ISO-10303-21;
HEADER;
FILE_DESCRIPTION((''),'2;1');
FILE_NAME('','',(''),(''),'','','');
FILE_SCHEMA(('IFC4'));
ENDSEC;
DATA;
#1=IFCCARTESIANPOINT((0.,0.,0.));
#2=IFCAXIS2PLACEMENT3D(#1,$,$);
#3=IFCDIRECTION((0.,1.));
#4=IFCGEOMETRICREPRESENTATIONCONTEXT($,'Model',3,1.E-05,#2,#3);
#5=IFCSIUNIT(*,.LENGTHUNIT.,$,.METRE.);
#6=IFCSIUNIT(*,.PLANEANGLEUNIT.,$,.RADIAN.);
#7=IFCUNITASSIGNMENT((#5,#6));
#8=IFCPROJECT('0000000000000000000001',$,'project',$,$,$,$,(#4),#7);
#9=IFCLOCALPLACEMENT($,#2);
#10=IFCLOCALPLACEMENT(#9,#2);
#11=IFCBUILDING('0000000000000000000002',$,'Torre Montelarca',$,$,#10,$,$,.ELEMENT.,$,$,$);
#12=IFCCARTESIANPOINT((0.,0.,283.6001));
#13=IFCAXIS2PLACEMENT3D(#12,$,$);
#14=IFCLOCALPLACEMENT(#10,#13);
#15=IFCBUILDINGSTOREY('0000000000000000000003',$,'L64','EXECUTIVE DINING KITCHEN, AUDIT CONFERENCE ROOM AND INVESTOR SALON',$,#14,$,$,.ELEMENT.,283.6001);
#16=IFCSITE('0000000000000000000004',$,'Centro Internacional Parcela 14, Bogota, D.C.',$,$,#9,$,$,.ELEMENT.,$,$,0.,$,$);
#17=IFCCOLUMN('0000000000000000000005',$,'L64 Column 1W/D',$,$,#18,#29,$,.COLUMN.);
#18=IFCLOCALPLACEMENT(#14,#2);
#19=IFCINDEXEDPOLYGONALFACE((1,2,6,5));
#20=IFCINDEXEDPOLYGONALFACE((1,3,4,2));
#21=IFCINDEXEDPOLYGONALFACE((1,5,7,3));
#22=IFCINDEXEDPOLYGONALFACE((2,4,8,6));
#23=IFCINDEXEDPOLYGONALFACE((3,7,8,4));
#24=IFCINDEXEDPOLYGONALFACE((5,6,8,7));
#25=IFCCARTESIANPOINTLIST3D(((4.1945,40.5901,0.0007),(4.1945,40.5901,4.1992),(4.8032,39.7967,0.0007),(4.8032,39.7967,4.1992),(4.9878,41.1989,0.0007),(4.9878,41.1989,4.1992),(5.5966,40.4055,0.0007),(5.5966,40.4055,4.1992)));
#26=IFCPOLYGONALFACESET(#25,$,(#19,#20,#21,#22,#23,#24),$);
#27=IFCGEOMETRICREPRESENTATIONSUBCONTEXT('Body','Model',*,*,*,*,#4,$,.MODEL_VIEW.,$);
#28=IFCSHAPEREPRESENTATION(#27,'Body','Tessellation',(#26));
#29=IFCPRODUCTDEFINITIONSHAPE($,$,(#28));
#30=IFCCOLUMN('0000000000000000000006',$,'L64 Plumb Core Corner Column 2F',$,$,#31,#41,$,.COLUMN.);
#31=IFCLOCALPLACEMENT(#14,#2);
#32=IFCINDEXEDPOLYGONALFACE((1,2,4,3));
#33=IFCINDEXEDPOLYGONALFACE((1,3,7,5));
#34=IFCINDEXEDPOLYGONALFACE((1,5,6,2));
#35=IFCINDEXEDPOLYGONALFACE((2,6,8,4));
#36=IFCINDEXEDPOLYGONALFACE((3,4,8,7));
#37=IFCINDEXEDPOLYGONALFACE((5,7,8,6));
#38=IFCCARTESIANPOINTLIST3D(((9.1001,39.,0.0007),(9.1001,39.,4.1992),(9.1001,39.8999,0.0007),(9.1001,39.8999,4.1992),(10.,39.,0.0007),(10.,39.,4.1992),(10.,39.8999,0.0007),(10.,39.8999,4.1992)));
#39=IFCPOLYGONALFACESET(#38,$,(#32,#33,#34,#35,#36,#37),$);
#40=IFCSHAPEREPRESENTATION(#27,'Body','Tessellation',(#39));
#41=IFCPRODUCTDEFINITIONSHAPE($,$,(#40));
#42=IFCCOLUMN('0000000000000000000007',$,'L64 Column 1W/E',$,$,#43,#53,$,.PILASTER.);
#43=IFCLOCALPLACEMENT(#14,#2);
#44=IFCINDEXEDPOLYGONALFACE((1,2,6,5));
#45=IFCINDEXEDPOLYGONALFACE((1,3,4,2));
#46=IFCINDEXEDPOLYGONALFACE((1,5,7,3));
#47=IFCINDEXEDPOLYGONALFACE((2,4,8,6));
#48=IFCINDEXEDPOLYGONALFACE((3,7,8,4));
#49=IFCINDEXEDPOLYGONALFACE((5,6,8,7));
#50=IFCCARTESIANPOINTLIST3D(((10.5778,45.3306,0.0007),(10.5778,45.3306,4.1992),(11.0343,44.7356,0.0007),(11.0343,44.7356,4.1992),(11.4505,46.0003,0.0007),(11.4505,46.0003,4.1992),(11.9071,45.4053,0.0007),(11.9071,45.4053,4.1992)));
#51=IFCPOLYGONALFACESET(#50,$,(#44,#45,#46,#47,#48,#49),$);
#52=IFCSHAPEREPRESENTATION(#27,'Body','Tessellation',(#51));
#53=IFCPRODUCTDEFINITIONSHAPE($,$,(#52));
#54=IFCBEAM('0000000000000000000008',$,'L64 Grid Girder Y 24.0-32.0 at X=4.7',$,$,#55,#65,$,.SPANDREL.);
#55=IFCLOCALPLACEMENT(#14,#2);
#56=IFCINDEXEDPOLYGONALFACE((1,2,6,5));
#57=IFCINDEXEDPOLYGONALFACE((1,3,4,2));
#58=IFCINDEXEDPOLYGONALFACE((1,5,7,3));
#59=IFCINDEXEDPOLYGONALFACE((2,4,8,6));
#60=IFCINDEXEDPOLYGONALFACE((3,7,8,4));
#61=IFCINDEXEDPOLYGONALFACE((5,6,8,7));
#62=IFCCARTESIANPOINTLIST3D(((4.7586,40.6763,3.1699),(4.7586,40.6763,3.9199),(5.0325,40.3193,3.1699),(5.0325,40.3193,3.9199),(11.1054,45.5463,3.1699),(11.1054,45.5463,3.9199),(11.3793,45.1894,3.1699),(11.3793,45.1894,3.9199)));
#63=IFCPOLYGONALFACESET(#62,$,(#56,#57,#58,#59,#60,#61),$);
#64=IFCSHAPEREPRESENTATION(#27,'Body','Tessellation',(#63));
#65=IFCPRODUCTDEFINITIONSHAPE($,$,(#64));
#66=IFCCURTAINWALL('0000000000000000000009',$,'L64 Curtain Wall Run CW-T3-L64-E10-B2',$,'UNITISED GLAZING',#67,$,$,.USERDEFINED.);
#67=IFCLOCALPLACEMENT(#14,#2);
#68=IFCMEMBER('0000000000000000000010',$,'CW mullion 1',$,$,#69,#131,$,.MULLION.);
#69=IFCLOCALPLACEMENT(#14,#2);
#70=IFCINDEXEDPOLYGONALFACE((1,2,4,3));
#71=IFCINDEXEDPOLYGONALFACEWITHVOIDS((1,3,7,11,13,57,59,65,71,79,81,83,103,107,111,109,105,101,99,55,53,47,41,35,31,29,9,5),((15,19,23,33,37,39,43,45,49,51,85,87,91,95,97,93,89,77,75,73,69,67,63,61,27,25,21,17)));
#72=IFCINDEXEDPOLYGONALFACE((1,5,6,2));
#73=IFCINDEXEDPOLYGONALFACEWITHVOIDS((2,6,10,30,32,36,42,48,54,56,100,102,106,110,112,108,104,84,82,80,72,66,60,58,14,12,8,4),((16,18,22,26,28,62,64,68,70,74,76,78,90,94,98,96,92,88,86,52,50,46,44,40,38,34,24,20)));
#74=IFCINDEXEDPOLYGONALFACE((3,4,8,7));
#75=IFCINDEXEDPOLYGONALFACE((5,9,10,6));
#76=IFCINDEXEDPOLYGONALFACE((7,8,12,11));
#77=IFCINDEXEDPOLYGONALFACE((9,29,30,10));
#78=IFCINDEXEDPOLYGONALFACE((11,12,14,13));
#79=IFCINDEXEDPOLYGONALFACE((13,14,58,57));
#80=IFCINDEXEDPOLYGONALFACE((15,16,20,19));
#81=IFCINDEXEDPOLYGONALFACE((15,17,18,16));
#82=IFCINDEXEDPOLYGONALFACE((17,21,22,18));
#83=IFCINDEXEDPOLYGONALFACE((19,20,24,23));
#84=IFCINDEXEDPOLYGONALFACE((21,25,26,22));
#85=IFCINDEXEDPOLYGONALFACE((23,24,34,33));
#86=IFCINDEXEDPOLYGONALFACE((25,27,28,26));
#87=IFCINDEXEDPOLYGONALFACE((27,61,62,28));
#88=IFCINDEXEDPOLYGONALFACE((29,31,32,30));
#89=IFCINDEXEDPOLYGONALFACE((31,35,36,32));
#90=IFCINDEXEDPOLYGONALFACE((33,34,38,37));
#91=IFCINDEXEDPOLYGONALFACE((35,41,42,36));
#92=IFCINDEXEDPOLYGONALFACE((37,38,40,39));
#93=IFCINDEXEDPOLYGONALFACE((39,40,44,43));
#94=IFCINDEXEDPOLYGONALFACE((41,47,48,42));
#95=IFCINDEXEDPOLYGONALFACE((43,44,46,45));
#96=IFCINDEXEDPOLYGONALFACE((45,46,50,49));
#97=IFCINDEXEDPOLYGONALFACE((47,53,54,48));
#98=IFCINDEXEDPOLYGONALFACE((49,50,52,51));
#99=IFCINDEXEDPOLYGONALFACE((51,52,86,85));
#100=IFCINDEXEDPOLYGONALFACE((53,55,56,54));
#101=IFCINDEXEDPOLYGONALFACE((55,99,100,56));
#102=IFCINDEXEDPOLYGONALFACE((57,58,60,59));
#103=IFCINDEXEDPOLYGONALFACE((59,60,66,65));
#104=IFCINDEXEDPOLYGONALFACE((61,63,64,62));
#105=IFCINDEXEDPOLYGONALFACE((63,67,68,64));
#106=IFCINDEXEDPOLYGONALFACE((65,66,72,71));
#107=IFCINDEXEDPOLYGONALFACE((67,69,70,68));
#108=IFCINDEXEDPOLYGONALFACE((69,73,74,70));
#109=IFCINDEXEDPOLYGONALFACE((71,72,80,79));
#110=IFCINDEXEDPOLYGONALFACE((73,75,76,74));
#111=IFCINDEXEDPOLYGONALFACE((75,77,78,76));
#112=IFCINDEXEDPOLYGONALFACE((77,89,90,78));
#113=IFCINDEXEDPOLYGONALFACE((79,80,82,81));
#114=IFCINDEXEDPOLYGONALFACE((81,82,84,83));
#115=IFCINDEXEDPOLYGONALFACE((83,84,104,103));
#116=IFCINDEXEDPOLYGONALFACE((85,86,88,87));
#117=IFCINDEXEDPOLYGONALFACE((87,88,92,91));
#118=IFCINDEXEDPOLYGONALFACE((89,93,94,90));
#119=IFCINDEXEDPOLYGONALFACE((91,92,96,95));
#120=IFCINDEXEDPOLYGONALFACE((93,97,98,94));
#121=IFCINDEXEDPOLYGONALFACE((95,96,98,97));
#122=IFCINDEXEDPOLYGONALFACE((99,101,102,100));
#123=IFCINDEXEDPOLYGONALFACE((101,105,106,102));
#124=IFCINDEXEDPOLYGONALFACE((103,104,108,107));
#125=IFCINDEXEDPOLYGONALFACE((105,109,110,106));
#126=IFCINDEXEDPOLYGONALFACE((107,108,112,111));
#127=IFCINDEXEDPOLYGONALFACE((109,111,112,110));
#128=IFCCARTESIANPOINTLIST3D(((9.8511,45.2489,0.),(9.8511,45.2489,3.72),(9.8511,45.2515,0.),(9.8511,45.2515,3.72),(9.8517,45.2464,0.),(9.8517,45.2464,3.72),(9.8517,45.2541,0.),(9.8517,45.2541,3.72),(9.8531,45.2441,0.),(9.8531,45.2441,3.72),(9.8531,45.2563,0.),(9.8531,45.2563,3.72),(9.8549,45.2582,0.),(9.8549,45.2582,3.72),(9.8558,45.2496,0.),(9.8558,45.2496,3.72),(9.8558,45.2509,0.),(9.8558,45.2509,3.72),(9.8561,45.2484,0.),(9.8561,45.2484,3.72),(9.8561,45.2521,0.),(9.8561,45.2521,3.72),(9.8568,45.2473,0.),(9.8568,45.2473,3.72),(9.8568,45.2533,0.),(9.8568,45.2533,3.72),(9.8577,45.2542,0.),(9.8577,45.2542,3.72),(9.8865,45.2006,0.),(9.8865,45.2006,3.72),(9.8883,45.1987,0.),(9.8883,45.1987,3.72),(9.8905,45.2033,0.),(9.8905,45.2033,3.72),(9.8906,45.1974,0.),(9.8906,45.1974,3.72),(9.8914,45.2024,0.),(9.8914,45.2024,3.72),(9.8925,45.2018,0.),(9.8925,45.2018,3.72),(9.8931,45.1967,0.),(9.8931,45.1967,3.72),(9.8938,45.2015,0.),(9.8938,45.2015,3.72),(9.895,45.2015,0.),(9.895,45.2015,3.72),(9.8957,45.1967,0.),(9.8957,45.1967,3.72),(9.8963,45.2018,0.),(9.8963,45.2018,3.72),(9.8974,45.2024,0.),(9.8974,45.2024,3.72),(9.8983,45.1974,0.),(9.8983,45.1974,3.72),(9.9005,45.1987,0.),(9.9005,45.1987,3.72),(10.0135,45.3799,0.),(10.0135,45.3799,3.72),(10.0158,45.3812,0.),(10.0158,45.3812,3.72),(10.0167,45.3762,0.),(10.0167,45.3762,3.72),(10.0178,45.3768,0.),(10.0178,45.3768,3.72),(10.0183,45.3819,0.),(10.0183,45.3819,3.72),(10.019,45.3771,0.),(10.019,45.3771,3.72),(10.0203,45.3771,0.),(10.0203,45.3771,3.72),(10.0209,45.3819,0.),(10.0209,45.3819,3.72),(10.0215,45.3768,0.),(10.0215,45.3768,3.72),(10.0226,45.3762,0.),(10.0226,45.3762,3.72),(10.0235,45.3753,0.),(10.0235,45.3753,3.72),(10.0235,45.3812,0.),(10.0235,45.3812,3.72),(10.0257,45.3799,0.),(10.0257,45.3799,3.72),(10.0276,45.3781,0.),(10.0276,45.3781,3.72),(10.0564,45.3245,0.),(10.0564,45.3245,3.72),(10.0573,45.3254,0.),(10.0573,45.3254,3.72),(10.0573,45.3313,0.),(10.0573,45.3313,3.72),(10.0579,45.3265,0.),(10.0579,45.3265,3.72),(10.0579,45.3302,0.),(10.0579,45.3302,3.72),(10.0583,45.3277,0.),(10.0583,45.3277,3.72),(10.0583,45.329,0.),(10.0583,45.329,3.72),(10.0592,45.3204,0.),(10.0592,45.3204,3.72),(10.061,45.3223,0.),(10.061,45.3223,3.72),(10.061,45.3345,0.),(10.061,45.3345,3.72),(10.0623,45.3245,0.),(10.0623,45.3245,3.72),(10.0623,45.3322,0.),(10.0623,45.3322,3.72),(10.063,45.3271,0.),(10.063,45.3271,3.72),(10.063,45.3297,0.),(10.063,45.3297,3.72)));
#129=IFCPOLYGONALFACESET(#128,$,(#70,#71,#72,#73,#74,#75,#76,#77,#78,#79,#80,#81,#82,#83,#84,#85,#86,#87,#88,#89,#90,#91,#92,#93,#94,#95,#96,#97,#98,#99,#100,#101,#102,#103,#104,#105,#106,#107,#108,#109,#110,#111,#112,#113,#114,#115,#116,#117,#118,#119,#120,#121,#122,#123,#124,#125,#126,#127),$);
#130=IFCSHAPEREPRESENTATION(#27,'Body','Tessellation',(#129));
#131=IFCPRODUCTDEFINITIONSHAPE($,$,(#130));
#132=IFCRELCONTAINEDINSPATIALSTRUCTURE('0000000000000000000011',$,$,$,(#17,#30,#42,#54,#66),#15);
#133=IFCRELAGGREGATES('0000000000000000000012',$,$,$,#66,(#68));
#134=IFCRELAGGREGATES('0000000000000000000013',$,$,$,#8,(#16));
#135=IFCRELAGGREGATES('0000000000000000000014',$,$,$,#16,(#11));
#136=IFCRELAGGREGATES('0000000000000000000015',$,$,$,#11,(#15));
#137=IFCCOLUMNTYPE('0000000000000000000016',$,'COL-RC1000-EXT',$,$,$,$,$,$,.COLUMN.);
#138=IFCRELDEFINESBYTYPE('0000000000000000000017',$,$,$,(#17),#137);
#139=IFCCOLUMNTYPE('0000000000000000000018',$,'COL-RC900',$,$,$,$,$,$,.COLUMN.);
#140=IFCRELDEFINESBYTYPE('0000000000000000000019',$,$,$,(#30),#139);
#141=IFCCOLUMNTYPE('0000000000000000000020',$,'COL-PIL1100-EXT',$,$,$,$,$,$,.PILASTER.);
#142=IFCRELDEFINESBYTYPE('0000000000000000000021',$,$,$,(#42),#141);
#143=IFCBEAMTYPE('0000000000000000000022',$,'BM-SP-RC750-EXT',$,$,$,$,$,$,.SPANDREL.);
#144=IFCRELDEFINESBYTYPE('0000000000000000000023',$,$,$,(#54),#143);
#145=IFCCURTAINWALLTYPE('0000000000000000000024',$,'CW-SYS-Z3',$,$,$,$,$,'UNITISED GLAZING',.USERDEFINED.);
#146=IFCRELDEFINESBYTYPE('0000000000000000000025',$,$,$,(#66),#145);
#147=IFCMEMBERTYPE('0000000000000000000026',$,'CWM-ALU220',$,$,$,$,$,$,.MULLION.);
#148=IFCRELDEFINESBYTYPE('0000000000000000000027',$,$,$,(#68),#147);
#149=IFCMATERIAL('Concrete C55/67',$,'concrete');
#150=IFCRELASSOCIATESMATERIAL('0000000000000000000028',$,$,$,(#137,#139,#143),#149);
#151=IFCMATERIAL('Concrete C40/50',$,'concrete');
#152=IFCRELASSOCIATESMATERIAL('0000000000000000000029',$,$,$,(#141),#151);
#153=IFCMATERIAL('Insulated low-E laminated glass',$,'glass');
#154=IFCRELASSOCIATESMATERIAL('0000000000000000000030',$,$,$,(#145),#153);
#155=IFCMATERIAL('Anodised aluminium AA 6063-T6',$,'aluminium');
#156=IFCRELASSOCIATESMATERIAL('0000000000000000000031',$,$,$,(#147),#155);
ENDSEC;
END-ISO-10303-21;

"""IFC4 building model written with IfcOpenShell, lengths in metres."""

from ifc_helpers import new_model, si_unit, direction, frame, origin, origin_2d, place, context, subcontext, project, spatial, rectangle, hollow_rectangle, extrude, source, transform, mapped, material, material_profile, profile_set, type_object, element, aggregate, save


model = new_model("IFC4")

# Units and contexts
model_context = context("Model", 3, precision=1e-05, world=origin(), true_north=direction((0.0, 1.0)))
body_context = subcontext(model_context, "Body", "Model", "MODEL_VIEW")
ifc_project = project(units=[si_unit("LENGTHUNIT", "METRE"), si_unit("PLANEANGLEUNIT", "RADIAN")], contexts=[model_context])

# Site, building, storey
site_placement = place(None, origin())
site = spatial("IfcSite", under=ifc_project, at=site_placement, Name="Centro Internacional Parcela 14, Bogota, D.C.", CompositionType="ELEMENT", RefElevation=0.0)
building_placement = place(site_placement, origin())
building = spatial("IfcBuilding", under=site, at=building_placement, Name="Torre Montelarca", CompositionType="ELEMENT")
storey_placement = place(building_placement, frame((0.0, 0.0, 283.6001)))
storey = spatial("IfcBuildingStorey", under=building, at=storey_placement, Name="L64", Description="EXECUTIVE DINING KITCHEN, AUDIT CONFERENCE ROOM AND INVESTOR SALON", CompositionType="ELEMENT", Elevation=283.6001)

# Columns
ifc_material_1 = material(Name="Concrete C55/67", Category="concrete")
ifc_material_profile_1 = material_profile(ifc_material_1, rectangle(XDim=1.0, YDim=1.0, at=origin_2d()), Name="RC1000X1000", Category="concrete")
ifc_profile_set_1 = profile_set([ifc_material_profile_1], Name="Concrete C55/67")
column_type_1 = type_object("IfcColumnType", Name="COL-RC1000-EXT", PredefinedType="COLUMN", material=ifc_profile_set_1)
shared_shape_1 = source(origin(), body_context, "Body", "SweptSolid", [
    extrude(rectangle(XDim=1.0, YDim=1.0, at=origin_2d()), origin(), (0.0, 0.0, 1.0), 4.1985),
])
column_1_placement = place(storey_placement, frame((4.8955, 40.4978, 0.0007), z_axis=(0.0, 0.0, 1.0), x_axis=(-0.608761, 0.793353, 0.0)))
element("IfcColumn", 1, at=column_1_placement, inside=storey, type_object=column_type_1, Name="L64 Column 1W/D", PredefinedType="COLUMN", context=body_context, shape_type="MappedRepresentation", body=[
    mapped(shared_shape_1, transform((0.0, 0.0, 0.0), scale=1.0)),
])
ifc_material_profile_2 = material_profile(ifc_material_1, rectangle(XDim=0.8999, YDim=0.8999, at=origin_2d()), Name="RC900X900", Category="concrete")
ifc_profile_set_2 = profile_set([ifc_material_profile_2], Name="Concrete C55/67")
column_type_2 = type_object("IfcColumnType", Name="COL-RC900", PredefinedType="COLUMN", material=ifc_profile_set_2)
shared_shape_2 = source(origin(), body_context, "Body", "SweptSolid", [
    extrude(rectangle(XDim=0.8999, YDim=0.8999, at=origin_2d()), origin(), (0.0, 0.0, 1.0), 4.1985),
])
column_2_placement = place(storey_placement, frame((9.55, 39.45, 0.0007), z_axis=(0.0, 0.0, 1.0), x_axis=(1.0, 0.0, 0.0)))
element("IfcColumn", 2, at=column_2_placement, inside=storey, type_object=column_type_2, Name="L64 Plumb Core Corner Column 2F", PredefinedType="COLUMN", context=body_context, shape_type="MappedRepresentation", body=[
    mapped(shared_shape_2, transform((0.0, 0.0, 0.0), scale=1.0)),
])
ifc_material_2 = material(Name="Concrete C40/50", Category="concrete")
ifc_material_profile_3 = material_profile(ifc_material_2, rectangle(XDim=0.75, YDim=1.1001, at=origin_2d()), Name="RC1100X750", Category="concrete")
ifc_profile_set_3 = profile_set([ifc_material_profile_3], Name="Concrete C40/50")
column_type_3 = type_object("IfcColumnType", Name="COL-PIL1100-EXT", PredefinedType="PILASTER", material=ifc_profile_set_3)
shared_shape_3 = source(origin(), body_context, "Body", "SweptSolid", [
    extrude(rectangle(XDim=0.75, YDim=1.1001, at=origin_2d()), origin(), (0.0, 0.0, 1.0), 4.1985),
])
column_3_placement = place(storey_placement, frame((11.2424, 45.3679, 0.0007), z_axis=(0.0, 0.0, 1.0), x_axis=(-0.608761, 0.793353, 0.0)))
element("IfcColumn", 3, at=column_3_placement, inside=storey, type_object=column_type_3, Name="L64 Column 1W/E", PredefinedType="PILASTER", context=body_context, shape_type="MappedRepresentation", body=[
    mapped(shared_shape_3, transform((0.0, 0.0, 0.0), scale=1.0)),
])

# Beam
ifc_material_profile_4 = material_profile(ifc_material_1, rectangle(XDim=0.45, YDim=0.75, at=origin_2d()), Name="RCB450X750", Category="concrete")
ifc_profile_set_4 = profile_set([ifc_material_profile_4], Name="Concrete C55/67")
beam_type = type_object("IfcBeamType", Name="BM-SP-RC750-EXT", PredefinedType="SPANDREL", material=ifc_profile_set_4)
shared_shape_4 = source(origin(), body_context, "Body", "SweptSolid", [
    extrude(rectangle(XDim=0.45, YDim=0.75, at=origin_2d()), origin(), (0.0, 0.0, 1.0), 8.0),
])
beam_placement = place(storey_placement, frame((4.8955, 40.4978, 3.5449), z_axis=(0.793356, 0.608758, 0.0), x_axis=(-0.608758, 0.793356, 0.0)))
element("IfcBeam", 4, at=beam_placement, inside=storey, type_object=beam_type, Name="L64 Grid Girder Y 24.0-32.0 at X=4.7", PredefinedType="SPANDREL", context=body_context, shape_type="MappedRepresentation", body=[
    mapped(shared_shape_4, transform((0.0, 0.0, 0.0), scale=1.0)),
])

# Curtain wall, member
ifc_material_3 = material(Name="Insulated low-E laminated glass", Category="glass")
curtain_wall_type = type_object("IfcCurtainWallType", Name="CW-SYS-Z3", ElementType="UNITISED GLAZING", PredefinedType="USERDEFINED", material=ifc_material_3)
curtain_wall_1_placement = place(storey_placement, origin())
curtain_wall_1 = element("IfcCurtainWall", 5, at=curtain_wall_1_placement, inside=storey, type_object=curtain_wall_type, Name="L64 Curtain Wall Run CW-T3-L64-E10-B2", ObjectType="UNITISED GLAZING", PredefinedType="USERDEFINED")
ifc_material_4 = material(Name="Anodised aluminium AA 6063-T6", Category="aluminium")
ifc_material_profile_5 = material_profile(ifc_material_4, hollow_rectangle(XDim=0.075, YDim=0.22, WallThickness=0.0049, InnerFilletRadius=0.0049, OuterFilletRadius=0.01, at=origin_2d()), Name="ALU75X220X5", Category="aluminium")
ifc_profile_set_5 = profile_set([ifc_material_profile_5], Name="Anodised aluminium AA 6063-T6")
member_type_1 = type_object("IfcMemberType", Name="CWM-ALU220", PredefinedType="MULLION", material=ifc_profile_set_5)
shared_shape_5 = source(origin(), body_context, "Body", "SweptSolid", [
    extrude(hollow_rectangle(XDim=0.075, YDim=0.22, WallThickness=0.0049, InnerFilletRadius=0.0049, OuterFilletRadius=0.01, at=origin_2d()), origin(), (0.0, 0.0, 1.0), 3.72),
])
member_1_placement = place(storey_placement, frame((9.957, 45.2893, 0.0), z_axis=(0.0, 0.0, 1.0), x_axis=(0.608773, -0.793345, 0.0)))
member_1 = element("IfcMember", 6, at=member_1_placement, type_object=member_type_1, Name="CW mullion 1", PredefinedType="MULLION", context=body_context, shape_type="MappedRepresentation", body=[
    mapped(shared_shape_5, transform((0.0, 0.0, 0.0), scale=1.0)),
])

aggregate(curtain_wall_1, [member_1])

save(model, "model.ifc")
